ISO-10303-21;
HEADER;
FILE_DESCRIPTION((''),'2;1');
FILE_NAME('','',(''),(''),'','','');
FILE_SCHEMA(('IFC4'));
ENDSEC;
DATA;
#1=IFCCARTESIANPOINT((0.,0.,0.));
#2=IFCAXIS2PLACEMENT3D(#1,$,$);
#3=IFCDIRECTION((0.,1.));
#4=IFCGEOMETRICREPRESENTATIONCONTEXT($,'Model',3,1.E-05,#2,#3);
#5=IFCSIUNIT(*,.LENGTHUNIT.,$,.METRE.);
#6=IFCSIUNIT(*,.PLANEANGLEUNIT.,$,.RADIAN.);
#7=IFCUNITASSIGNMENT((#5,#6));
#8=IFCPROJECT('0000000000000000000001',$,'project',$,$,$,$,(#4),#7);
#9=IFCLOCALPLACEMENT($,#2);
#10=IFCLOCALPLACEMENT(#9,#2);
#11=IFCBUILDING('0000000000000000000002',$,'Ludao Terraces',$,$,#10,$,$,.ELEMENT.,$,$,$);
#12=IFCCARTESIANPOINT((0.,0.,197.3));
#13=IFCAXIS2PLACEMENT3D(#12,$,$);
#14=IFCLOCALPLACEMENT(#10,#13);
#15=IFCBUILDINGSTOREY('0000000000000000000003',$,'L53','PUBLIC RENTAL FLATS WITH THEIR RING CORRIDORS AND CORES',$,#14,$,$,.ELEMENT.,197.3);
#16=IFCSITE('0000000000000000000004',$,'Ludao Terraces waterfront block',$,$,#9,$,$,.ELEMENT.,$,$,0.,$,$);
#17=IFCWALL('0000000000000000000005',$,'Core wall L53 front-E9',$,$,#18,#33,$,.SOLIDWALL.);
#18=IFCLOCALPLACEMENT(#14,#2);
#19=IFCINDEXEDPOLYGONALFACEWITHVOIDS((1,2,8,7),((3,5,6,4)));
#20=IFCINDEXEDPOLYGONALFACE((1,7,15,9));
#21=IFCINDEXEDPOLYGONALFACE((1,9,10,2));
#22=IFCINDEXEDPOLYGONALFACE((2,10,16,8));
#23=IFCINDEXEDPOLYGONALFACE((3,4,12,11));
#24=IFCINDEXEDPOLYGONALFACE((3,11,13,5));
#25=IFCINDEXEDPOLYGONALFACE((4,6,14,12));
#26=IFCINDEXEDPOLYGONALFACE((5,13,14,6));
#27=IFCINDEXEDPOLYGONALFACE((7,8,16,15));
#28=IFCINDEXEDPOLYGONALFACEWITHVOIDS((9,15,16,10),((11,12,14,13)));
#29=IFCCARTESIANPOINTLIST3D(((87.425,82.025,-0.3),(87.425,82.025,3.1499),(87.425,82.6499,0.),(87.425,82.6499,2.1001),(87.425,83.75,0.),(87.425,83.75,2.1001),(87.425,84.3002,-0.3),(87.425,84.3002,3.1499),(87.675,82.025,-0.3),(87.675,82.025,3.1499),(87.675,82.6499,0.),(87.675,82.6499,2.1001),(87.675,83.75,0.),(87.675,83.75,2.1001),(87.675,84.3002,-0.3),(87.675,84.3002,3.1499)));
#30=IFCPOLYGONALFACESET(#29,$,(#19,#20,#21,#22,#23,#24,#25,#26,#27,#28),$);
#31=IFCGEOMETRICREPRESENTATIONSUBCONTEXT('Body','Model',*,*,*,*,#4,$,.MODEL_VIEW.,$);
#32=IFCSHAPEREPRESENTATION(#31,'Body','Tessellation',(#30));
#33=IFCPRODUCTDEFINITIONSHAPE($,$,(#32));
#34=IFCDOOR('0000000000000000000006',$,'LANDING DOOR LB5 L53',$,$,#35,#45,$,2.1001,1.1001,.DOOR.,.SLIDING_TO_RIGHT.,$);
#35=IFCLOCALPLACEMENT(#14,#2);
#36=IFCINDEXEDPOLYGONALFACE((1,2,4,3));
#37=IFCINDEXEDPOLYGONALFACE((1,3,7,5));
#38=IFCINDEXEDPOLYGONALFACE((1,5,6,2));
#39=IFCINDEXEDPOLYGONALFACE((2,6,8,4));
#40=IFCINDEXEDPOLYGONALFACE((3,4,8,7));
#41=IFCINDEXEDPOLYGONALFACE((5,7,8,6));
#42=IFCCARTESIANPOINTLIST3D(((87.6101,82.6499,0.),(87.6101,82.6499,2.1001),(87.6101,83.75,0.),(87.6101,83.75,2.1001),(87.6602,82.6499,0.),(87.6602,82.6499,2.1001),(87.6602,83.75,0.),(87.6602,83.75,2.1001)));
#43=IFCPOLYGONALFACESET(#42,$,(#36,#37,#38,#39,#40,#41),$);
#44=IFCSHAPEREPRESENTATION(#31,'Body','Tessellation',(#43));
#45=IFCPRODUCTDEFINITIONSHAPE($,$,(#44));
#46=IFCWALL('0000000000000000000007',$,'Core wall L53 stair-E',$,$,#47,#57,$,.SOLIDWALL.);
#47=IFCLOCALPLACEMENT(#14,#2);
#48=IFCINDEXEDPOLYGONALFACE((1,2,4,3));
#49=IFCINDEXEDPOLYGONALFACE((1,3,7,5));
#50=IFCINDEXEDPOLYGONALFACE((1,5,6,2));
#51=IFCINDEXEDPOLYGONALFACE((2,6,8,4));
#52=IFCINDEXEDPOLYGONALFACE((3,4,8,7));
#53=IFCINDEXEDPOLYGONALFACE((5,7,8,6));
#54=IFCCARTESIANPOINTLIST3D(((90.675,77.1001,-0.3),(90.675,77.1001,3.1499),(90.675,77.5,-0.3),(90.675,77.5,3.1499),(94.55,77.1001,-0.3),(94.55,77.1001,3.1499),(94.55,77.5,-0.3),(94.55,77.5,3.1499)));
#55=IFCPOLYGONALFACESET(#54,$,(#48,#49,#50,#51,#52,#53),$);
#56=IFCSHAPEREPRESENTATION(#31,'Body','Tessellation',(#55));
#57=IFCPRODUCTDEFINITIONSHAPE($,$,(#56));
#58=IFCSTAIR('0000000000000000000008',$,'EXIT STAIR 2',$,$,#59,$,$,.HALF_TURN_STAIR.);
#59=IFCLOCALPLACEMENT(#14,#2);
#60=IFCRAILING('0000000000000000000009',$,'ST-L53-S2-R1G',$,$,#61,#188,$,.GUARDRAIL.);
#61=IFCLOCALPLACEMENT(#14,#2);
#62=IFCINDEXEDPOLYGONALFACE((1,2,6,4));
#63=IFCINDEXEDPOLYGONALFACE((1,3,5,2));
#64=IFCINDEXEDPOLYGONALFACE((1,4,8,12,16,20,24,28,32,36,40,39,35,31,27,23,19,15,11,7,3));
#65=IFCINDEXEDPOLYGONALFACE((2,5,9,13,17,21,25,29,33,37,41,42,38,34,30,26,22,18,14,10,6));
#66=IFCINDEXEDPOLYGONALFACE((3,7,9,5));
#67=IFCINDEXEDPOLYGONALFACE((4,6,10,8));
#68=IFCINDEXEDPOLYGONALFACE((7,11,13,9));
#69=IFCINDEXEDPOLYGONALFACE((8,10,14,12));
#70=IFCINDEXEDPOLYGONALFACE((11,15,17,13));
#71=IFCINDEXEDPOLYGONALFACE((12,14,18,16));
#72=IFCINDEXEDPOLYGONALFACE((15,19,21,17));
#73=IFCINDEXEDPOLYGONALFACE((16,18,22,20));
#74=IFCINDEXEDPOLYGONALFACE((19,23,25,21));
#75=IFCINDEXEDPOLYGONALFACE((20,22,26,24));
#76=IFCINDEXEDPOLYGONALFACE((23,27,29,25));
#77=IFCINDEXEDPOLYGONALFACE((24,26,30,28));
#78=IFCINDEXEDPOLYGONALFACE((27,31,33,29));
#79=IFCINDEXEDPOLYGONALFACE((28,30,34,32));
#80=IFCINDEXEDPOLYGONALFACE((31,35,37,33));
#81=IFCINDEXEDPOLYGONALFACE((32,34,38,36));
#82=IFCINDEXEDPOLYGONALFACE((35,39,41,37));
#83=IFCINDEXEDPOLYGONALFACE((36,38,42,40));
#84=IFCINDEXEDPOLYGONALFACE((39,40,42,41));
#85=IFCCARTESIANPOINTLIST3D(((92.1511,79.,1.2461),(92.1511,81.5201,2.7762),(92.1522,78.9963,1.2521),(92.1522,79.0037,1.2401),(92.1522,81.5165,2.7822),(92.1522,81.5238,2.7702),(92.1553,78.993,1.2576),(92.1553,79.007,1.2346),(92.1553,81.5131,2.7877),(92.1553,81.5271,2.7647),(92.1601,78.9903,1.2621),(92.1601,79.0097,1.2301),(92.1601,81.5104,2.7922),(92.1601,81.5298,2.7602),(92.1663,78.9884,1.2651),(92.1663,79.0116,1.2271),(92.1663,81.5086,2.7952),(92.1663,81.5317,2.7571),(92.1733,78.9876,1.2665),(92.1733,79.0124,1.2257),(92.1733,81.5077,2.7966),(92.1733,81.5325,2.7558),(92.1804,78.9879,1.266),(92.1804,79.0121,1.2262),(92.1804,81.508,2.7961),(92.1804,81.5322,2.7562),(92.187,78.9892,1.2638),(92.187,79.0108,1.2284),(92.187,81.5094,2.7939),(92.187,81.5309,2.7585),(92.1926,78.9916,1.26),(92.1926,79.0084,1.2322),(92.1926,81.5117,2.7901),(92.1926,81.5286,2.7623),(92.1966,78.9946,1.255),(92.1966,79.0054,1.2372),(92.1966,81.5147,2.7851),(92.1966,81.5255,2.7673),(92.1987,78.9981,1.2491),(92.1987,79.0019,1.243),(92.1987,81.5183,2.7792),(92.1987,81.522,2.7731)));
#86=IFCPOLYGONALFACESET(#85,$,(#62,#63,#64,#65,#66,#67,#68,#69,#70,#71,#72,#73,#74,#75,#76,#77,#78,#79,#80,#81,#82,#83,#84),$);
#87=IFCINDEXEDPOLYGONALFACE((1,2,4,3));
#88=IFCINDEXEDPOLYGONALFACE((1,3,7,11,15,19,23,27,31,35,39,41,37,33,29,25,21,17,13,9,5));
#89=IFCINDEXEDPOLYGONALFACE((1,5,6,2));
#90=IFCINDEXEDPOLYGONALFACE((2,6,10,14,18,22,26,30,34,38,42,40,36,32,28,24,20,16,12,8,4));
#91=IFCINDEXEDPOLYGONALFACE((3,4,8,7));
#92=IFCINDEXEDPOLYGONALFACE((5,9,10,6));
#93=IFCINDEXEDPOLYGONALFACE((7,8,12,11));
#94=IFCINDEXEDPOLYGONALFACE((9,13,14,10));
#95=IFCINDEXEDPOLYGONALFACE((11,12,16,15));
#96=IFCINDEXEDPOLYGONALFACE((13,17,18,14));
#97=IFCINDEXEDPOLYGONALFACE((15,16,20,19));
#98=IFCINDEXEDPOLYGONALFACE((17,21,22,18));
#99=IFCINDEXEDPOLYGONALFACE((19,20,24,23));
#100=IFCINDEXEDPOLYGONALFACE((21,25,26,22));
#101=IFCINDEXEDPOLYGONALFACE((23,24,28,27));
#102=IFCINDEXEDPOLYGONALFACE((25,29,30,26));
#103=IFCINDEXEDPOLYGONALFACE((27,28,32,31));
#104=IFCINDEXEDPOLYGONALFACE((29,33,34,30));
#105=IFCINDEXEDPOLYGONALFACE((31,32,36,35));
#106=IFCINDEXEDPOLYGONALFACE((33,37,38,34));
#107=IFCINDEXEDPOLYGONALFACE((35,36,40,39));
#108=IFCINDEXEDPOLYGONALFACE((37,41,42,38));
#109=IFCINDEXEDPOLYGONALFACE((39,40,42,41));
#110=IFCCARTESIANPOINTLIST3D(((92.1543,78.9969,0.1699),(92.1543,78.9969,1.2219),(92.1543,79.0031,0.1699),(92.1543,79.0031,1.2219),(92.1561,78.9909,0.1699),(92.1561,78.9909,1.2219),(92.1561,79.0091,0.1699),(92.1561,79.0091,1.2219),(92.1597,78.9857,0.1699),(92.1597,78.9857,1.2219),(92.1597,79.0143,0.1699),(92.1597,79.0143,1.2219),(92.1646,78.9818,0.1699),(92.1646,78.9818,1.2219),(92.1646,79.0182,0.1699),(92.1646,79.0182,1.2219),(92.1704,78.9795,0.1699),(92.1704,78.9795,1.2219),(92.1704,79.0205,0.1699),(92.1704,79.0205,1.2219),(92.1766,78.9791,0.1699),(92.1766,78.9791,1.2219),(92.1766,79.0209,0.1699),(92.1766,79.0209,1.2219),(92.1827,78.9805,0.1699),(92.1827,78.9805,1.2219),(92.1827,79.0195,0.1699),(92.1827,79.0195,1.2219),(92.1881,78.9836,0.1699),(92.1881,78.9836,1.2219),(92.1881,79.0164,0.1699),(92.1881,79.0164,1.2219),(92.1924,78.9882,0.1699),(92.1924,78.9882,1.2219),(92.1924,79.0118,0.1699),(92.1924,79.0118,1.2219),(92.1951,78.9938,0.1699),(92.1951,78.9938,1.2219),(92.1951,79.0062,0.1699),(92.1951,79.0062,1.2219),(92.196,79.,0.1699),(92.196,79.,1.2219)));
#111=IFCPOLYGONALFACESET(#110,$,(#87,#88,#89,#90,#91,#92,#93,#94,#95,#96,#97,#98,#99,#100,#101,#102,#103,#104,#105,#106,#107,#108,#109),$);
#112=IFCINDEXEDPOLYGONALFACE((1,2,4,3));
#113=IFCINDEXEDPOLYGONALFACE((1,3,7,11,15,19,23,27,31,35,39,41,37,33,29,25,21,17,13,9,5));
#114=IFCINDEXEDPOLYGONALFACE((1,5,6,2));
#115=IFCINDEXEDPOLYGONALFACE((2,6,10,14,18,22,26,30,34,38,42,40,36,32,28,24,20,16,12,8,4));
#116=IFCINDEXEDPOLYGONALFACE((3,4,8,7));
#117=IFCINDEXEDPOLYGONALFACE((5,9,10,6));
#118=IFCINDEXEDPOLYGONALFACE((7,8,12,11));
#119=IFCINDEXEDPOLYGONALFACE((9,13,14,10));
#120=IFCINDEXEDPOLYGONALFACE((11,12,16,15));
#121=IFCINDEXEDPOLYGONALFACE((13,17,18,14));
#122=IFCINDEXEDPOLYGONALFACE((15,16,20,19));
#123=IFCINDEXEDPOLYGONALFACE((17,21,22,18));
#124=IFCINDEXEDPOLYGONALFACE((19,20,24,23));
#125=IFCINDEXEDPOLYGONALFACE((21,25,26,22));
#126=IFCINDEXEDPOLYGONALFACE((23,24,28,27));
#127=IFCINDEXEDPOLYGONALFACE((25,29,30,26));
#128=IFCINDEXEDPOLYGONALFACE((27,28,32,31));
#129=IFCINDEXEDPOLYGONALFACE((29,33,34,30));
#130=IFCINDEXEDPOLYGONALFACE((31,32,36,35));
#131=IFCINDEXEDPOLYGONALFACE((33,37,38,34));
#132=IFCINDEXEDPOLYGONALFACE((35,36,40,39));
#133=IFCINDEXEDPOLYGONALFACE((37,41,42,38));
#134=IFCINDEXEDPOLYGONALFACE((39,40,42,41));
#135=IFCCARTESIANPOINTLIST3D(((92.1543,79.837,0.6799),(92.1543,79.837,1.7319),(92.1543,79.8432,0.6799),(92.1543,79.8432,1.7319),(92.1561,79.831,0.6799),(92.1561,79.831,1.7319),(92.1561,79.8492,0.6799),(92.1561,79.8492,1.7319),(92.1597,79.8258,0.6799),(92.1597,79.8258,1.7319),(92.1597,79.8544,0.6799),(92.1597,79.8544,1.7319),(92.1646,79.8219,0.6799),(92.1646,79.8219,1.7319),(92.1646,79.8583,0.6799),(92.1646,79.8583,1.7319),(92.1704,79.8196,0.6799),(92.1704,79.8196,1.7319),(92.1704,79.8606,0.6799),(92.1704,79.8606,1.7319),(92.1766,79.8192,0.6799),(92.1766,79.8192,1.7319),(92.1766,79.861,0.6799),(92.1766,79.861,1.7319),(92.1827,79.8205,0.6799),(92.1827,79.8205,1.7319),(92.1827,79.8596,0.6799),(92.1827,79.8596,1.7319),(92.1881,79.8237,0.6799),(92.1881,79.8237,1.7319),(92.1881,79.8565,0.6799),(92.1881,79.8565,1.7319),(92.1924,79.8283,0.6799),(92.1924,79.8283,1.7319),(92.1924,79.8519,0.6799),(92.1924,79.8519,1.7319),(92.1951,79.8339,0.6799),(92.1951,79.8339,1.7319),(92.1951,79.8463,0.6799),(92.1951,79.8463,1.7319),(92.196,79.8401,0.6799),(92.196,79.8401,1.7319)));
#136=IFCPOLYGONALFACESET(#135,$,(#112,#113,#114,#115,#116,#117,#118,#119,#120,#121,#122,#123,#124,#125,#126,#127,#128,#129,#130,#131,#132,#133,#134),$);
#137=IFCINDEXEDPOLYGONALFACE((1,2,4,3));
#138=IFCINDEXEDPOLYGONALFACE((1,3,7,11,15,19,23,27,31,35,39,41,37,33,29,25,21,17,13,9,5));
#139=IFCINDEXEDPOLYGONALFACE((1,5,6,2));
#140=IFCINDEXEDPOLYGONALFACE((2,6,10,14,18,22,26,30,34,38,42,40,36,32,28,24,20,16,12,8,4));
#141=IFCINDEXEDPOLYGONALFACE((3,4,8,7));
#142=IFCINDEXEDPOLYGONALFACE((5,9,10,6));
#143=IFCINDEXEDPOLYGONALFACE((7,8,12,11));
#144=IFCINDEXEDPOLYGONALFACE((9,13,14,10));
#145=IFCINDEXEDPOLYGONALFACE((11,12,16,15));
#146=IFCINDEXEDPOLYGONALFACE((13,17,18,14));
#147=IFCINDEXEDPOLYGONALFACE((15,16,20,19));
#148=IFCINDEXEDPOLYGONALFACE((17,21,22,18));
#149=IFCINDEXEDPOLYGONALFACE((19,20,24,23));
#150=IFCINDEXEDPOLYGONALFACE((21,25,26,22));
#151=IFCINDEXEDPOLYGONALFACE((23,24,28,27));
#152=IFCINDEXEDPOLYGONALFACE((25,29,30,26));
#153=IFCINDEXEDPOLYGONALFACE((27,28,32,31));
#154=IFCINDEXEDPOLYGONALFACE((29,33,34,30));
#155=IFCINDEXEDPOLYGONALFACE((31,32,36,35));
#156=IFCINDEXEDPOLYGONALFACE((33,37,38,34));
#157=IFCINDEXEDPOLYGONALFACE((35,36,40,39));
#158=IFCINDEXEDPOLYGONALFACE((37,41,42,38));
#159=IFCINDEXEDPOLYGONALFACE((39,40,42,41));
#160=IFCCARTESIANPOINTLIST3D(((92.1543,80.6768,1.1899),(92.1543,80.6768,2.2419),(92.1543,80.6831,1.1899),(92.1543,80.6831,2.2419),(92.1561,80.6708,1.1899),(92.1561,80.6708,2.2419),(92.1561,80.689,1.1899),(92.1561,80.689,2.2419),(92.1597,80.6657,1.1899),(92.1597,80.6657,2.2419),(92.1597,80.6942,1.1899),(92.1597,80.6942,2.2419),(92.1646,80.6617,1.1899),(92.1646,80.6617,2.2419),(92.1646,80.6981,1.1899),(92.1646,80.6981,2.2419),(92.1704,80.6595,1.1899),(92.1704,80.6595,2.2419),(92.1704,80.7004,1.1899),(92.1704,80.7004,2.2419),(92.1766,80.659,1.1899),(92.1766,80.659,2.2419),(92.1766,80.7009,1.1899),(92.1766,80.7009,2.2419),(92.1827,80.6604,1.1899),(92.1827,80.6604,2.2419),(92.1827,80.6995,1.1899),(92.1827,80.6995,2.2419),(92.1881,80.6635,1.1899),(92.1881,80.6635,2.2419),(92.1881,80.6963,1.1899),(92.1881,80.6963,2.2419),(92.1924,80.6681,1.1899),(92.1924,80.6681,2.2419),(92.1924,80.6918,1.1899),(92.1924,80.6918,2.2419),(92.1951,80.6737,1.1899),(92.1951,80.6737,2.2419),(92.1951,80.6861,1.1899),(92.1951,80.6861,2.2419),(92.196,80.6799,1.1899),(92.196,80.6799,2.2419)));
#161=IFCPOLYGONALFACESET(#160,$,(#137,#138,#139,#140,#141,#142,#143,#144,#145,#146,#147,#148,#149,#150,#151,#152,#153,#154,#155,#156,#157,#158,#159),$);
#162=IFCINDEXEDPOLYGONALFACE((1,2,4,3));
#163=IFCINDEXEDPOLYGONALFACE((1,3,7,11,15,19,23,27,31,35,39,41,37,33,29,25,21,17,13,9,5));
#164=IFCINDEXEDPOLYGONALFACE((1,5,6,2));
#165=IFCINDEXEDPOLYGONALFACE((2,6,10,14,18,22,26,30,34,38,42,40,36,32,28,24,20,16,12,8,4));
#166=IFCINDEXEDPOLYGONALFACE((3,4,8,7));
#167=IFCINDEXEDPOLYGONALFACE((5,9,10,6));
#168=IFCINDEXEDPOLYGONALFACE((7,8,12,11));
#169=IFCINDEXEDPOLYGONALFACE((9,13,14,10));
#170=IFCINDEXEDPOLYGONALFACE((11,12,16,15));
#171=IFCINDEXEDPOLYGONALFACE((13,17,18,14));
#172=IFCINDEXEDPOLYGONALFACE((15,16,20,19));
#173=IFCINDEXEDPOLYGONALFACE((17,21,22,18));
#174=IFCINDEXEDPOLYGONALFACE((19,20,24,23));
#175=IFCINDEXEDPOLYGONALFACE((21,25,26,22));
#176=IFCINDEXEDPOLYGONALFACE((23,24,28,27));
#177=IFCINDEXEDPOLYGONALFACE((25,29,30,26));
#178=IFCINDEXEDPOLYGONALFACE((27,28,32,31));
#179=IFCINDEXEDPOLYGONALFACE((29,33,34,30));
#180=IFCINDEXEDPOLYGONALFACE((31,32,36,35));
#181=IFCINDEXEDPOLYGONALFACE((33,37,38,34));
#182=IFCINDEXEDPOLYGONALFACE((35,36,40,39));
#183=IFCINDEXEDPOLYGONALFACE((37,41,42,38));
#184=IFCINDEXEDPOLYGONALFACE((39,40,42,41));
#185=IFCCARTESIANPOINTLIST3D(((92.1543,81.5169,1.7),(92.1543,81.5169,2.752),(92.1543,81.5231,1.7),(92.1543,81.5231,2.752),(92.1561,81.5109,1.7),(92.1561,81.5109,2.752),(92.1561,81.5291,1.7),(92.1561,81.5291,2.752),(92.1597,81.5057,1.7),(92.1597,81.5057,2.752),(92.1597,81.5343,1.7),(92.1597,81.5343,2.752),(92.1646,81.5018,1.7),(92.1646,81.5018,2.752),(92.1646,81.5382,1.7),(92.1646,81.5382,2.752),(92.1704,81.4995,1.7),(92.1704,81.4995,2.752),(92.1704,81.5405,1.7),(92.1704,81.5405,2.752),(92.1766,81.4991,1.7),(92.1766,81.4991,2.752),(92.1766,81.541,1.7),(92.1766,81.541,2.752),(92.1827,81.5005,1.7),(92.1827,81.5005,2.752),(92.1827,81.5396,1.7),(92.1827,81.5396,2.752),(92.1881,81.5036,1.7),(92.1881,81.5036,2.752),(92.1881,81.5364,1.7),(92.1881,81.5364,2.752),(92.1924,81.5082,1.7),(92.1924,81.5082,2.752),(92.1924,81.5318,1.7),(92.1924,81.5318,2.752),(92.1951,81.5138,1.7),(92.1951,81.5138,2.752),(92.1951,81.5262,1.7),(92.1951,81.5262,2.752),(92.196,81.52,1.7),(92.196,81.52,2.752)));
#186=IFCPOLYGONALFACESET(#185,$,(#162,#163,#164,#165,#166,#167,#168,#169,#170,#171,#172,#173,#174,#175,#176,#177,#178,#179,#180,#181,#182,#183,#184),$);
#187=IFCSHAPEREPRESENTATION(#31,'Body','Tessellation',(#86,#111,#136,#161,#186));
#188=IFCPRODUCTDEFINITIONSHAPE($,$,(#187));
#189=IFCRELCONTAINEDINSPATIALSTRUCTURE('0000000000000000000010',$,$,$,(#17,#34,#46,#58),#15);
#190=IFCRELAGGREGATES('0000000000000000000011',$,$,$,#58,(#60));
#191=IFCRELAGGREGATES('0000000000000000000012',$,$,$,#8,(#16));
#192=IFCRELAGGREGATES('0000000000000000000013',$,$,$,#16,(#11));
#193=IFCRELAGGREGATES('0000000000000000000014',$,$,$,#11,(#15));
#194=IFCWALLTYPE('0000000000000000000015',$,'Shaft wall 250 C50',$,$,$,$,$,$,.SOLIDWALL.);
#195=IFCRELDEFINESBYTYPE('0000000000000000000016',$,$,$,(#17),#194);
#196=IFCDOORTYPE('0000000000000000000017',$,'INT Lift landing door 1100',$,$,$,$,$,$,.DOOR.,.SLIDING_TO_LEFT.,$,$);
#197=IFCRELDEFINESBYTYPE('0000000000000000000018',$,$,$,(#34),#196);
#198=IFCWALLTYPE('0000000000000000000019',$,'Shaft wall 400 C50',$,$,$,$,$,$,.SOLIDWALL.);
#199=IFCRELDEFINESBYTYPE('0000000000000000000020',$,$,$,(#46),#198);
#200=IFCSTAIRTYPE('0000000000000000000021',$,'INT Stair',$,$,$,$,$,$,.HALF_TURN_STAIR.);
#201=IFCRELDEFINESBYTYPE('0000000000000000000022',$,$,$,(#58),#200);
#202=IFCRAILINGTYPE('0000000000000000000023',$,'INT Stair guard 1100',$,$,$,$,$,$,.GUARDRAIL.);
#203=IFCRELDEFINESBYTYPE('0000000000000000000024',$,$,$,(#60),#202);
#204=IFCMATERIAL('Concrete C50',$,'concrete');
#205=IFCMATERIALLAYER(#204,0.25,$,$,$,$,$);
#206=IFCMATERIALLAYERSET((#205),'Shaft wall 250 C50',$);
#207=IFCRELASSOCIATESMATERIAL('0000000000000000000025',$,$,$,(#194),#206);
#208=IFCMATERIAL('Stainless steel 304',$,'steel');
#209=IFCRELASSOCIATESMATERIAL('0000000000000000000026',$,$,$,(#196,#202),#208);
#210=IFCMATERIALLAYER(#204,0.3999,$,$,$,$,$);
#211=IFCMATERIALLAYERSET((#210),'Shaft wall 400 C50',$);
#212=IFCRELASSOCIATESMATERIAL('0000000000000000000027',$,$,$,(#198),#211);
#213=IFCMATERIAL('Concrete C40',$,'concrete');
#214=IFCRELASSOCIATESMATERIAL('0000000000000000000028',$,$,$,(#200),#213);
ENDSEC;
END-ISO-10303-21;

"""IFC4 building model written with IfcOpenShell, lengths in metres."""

from ifc_helpers import new_model, si_unit, direction, frame, frame_2d, origin, origin_2d, place, context, subcontext, project, spatial, rectangle, circle, extrude, material, layer, layer_set, type_object, element, fill, aggregate, save


model = new_model("IFC4")

# Units and contexts
model_context = context("Model", 3, precision=1e-05, world=origin(), true_north=direction((0.0, 1.0)))
body_context = subcontext(model_context, "Body", "Model", "MODEL_VIEW")
ifc_project = project(units=[si_unit("LENGTHUNIT", "METRE"), si_unit("PLANEANGLEUNIT", "RADIAN")], contexts=[model_context])

# Site, building, storey
site_placement = place(None, origin())
site = spatial("IfcSite", under=ifc_project, at=site_placement, Name="Ludao Terraces waterfront block", CompositionType="ELEMENT", RefElevation=0.0)
building_placement = place(site_placement, origin())
building = spatial("IfcBuilding", under=site, at=building_placement, Name="Ludao Terraces", CompositionType="ELEMENT")
storey_placement = place(building_placement, frame((0.0, 0.0, 197.3)))
storey = spatial("IfcBuildingStorey", under=building, at=storey_placement, Name="L53", Description="PUBLIC RENTAL FLATS WITH THEIR RING CORRIDORS AND CORES", CompositionType="ELEMENT", Elevation=197.3)

# Shared definitions
ifc_material_1 = material(Name="Concrete C50", Category="concrete")

# Shared definitions
ifc_layer_1 = layer(ifc_material_1, 0.25)
ifc_layer_set_1 = layer_set([ifc_layer_1], Name="Shaft wall 250 C50")
wall_type_1 = type_object("IfcWallType", Name="Shaft wall 250 C50", PredefinedType="SOLIDWALL", material=ifc_layer_set_1)

# Shared definitions
ifc_material_2 = material(Name="Stainless steel 304", Category="steel")
door_type_1 = type_object("IfcDoorType", Name="INT Lift landing door 1100", OperationType="SLIDING_TO_LEFT", PredefinedType="DOOR", material=ifc_material_2)

# Wall, opening, door
wall_1_placement = place(storey_placement, frame((87.55, 82.0249, -0.3), z_axis=(0.0, 0.0, 1.0), x_axis=(0.0, 1.0, 0.0)))
wall_1 = element("IfcWall", 1, at=wall_1_placement, inside=storey, type_object=wall_type_1, Name="Core wall L53 front-E9", PredefinedType="SOLIDWALL", context=body_context, shape_type="SweptSolid", body=[
    extrude(rectangle(XDim=2.2751, YDim=0.25, at=frame_2d((1.1377, 0.0))), origin(), (0.0, 0.0, 1.0), 3.45),
])
opening_1_placement = place(wall_1_placement, frame((0.625, 0.0, 0.3)))
opening_1 = element("IfcOpeningElement", 2, at=opening_1_placement, cuts=wall_1, PredefinedType="OPENING", context=body_context, shape_type="SweptSolid", body=[
    extrude(rectangle(XDim=1.1001, YDim=2.1001, at=frame_2d((0.55, 1.05))), frame((0.0, 0.135, 0.0), z_axis=(0.0, -1.0, 0.0), x_axis=(1.0, 0.0, 0.0)), (0.0, 0.0, 1.0), 0.27),
])
door_1_placement = place(opening_1_placement, origin())
door_1 = element("IfcDoor", 3, at=door_1_placement, inside=storey, type_object=door_type_1, Name="LANDING DOOR LB5 L53", OperationType="SLIDING_TO_RIGHT", OverallHeight=2.1001, OverallWidth=1.1001, PredefinedType="DOOR", context=body_context, shape_type="SweptSolid", body=[
    extrude(rectangle(XDim=1.1001, YDim=2.1001, at=frame_2d((0.55, 1.05))), frame((0.0, -0.0601, 0.0), z_axis=(0.0, -1.0, 0.0), x_axis=(1.0, 0.0, 0.0)), (0.0, 0.0, 1.0), 0.05),
])
fill(opening_1, door_1)

# Wall
ifc_layer_2 = layer(ifc_material_1, 0.3999)
ifc_layer_set_2 = layer_set([ifc_layer_2], Name="Shaft wall 400 C50")
wall_type_2 = type_object("IfcWallType", Name="Shaft wall 400 C50", PredefinedType="SOLIDWALL", material=ifc_layer_set_2)
wall_2_placement = place(storey_placement, frame((90.675, 77.3, -0.3), z_axis=(0.0, 0.0, 1.0), x_axis=(1.0, 0.0, 0.0)))
element("IfcWall", 4, at=wall_2_placement, inside=storey, type_object=wall_type_2, Name="Core wall L53 stair-E", PredefinedType="SOLIDWALL", context=body_context, shape_type="SweptSolid", body=[
    extrude(rectangle(XDim=3.875, YDim=0.3999, at=frame_2d((1.9375, 0.0))), origin(), (0.0, 0.0, 1.0), 3.45),
])

# Stair, railing
ifc_material_3 = material(Name="Concrete C40", Category="concrete")
stair_type = type_object("IfcStairType", Name="INT Stair", PredefinedType="HALF_TURN_STAIR", material=ifc_material_3)
stair_placement = place(storey_placement, origin())
stair = element("IfcStair", 5, at=stair_placement, inside=storey, type_object=stair_type, Name="EXIT STAIR 2", PredefinedType="HALF_TURN_STAIR")
railing_type_1 = type_object("IfcRailingType", Name="INT Stair guard 1100", PredefinedType="GUARDRAIL", material=ifc_material_2)
railing_1_placement = place(storey_placement, frame((92.175, 79.0, 0.1699)))
railing_1 = element("IfcRailing", 6, at=railing_1_placement, type_object=railing_type_1, Name="ST-L53-S2-R1G", PredefinedType="GUARDRAIL", context=body_context, shape_type="SweptSolid", body=[
    extrude(circle(Radius=0.0239, at=origin_2d()), frame((0.0, 0.0, 1.0762), z_axis=(0.0, 0.854785, 0.518982), x_axis=(-1.0, 0.0, 0.0)), (0.0, 0.0, 1.0), 2.9482),
    extrude(circle(Radius=0.021, at=origin_2d()), origin(), (0.0, 0.0, 1.0), 1.052),
    extrude(circle(Radius=0.021, at=origin_2d()), frame((0.0, 0.8401, 0.51)), (0.0, 0.0, 1.0), 1.052),
    extrude(circle(Radius=0.021, at=origin_2d()), frame((0.0, 1.6799, 1.02)), (0.0, 0.0, 1.0), 1.052),
    extrude(circle(Radius=0.021, at=origin_2d()), frame((0.0, 2.52, 1.53)), (0.0, 0.0, 1.0), 1.052),
])
aggregate(stair, [railing_1])

save(model, "model.ifc")
